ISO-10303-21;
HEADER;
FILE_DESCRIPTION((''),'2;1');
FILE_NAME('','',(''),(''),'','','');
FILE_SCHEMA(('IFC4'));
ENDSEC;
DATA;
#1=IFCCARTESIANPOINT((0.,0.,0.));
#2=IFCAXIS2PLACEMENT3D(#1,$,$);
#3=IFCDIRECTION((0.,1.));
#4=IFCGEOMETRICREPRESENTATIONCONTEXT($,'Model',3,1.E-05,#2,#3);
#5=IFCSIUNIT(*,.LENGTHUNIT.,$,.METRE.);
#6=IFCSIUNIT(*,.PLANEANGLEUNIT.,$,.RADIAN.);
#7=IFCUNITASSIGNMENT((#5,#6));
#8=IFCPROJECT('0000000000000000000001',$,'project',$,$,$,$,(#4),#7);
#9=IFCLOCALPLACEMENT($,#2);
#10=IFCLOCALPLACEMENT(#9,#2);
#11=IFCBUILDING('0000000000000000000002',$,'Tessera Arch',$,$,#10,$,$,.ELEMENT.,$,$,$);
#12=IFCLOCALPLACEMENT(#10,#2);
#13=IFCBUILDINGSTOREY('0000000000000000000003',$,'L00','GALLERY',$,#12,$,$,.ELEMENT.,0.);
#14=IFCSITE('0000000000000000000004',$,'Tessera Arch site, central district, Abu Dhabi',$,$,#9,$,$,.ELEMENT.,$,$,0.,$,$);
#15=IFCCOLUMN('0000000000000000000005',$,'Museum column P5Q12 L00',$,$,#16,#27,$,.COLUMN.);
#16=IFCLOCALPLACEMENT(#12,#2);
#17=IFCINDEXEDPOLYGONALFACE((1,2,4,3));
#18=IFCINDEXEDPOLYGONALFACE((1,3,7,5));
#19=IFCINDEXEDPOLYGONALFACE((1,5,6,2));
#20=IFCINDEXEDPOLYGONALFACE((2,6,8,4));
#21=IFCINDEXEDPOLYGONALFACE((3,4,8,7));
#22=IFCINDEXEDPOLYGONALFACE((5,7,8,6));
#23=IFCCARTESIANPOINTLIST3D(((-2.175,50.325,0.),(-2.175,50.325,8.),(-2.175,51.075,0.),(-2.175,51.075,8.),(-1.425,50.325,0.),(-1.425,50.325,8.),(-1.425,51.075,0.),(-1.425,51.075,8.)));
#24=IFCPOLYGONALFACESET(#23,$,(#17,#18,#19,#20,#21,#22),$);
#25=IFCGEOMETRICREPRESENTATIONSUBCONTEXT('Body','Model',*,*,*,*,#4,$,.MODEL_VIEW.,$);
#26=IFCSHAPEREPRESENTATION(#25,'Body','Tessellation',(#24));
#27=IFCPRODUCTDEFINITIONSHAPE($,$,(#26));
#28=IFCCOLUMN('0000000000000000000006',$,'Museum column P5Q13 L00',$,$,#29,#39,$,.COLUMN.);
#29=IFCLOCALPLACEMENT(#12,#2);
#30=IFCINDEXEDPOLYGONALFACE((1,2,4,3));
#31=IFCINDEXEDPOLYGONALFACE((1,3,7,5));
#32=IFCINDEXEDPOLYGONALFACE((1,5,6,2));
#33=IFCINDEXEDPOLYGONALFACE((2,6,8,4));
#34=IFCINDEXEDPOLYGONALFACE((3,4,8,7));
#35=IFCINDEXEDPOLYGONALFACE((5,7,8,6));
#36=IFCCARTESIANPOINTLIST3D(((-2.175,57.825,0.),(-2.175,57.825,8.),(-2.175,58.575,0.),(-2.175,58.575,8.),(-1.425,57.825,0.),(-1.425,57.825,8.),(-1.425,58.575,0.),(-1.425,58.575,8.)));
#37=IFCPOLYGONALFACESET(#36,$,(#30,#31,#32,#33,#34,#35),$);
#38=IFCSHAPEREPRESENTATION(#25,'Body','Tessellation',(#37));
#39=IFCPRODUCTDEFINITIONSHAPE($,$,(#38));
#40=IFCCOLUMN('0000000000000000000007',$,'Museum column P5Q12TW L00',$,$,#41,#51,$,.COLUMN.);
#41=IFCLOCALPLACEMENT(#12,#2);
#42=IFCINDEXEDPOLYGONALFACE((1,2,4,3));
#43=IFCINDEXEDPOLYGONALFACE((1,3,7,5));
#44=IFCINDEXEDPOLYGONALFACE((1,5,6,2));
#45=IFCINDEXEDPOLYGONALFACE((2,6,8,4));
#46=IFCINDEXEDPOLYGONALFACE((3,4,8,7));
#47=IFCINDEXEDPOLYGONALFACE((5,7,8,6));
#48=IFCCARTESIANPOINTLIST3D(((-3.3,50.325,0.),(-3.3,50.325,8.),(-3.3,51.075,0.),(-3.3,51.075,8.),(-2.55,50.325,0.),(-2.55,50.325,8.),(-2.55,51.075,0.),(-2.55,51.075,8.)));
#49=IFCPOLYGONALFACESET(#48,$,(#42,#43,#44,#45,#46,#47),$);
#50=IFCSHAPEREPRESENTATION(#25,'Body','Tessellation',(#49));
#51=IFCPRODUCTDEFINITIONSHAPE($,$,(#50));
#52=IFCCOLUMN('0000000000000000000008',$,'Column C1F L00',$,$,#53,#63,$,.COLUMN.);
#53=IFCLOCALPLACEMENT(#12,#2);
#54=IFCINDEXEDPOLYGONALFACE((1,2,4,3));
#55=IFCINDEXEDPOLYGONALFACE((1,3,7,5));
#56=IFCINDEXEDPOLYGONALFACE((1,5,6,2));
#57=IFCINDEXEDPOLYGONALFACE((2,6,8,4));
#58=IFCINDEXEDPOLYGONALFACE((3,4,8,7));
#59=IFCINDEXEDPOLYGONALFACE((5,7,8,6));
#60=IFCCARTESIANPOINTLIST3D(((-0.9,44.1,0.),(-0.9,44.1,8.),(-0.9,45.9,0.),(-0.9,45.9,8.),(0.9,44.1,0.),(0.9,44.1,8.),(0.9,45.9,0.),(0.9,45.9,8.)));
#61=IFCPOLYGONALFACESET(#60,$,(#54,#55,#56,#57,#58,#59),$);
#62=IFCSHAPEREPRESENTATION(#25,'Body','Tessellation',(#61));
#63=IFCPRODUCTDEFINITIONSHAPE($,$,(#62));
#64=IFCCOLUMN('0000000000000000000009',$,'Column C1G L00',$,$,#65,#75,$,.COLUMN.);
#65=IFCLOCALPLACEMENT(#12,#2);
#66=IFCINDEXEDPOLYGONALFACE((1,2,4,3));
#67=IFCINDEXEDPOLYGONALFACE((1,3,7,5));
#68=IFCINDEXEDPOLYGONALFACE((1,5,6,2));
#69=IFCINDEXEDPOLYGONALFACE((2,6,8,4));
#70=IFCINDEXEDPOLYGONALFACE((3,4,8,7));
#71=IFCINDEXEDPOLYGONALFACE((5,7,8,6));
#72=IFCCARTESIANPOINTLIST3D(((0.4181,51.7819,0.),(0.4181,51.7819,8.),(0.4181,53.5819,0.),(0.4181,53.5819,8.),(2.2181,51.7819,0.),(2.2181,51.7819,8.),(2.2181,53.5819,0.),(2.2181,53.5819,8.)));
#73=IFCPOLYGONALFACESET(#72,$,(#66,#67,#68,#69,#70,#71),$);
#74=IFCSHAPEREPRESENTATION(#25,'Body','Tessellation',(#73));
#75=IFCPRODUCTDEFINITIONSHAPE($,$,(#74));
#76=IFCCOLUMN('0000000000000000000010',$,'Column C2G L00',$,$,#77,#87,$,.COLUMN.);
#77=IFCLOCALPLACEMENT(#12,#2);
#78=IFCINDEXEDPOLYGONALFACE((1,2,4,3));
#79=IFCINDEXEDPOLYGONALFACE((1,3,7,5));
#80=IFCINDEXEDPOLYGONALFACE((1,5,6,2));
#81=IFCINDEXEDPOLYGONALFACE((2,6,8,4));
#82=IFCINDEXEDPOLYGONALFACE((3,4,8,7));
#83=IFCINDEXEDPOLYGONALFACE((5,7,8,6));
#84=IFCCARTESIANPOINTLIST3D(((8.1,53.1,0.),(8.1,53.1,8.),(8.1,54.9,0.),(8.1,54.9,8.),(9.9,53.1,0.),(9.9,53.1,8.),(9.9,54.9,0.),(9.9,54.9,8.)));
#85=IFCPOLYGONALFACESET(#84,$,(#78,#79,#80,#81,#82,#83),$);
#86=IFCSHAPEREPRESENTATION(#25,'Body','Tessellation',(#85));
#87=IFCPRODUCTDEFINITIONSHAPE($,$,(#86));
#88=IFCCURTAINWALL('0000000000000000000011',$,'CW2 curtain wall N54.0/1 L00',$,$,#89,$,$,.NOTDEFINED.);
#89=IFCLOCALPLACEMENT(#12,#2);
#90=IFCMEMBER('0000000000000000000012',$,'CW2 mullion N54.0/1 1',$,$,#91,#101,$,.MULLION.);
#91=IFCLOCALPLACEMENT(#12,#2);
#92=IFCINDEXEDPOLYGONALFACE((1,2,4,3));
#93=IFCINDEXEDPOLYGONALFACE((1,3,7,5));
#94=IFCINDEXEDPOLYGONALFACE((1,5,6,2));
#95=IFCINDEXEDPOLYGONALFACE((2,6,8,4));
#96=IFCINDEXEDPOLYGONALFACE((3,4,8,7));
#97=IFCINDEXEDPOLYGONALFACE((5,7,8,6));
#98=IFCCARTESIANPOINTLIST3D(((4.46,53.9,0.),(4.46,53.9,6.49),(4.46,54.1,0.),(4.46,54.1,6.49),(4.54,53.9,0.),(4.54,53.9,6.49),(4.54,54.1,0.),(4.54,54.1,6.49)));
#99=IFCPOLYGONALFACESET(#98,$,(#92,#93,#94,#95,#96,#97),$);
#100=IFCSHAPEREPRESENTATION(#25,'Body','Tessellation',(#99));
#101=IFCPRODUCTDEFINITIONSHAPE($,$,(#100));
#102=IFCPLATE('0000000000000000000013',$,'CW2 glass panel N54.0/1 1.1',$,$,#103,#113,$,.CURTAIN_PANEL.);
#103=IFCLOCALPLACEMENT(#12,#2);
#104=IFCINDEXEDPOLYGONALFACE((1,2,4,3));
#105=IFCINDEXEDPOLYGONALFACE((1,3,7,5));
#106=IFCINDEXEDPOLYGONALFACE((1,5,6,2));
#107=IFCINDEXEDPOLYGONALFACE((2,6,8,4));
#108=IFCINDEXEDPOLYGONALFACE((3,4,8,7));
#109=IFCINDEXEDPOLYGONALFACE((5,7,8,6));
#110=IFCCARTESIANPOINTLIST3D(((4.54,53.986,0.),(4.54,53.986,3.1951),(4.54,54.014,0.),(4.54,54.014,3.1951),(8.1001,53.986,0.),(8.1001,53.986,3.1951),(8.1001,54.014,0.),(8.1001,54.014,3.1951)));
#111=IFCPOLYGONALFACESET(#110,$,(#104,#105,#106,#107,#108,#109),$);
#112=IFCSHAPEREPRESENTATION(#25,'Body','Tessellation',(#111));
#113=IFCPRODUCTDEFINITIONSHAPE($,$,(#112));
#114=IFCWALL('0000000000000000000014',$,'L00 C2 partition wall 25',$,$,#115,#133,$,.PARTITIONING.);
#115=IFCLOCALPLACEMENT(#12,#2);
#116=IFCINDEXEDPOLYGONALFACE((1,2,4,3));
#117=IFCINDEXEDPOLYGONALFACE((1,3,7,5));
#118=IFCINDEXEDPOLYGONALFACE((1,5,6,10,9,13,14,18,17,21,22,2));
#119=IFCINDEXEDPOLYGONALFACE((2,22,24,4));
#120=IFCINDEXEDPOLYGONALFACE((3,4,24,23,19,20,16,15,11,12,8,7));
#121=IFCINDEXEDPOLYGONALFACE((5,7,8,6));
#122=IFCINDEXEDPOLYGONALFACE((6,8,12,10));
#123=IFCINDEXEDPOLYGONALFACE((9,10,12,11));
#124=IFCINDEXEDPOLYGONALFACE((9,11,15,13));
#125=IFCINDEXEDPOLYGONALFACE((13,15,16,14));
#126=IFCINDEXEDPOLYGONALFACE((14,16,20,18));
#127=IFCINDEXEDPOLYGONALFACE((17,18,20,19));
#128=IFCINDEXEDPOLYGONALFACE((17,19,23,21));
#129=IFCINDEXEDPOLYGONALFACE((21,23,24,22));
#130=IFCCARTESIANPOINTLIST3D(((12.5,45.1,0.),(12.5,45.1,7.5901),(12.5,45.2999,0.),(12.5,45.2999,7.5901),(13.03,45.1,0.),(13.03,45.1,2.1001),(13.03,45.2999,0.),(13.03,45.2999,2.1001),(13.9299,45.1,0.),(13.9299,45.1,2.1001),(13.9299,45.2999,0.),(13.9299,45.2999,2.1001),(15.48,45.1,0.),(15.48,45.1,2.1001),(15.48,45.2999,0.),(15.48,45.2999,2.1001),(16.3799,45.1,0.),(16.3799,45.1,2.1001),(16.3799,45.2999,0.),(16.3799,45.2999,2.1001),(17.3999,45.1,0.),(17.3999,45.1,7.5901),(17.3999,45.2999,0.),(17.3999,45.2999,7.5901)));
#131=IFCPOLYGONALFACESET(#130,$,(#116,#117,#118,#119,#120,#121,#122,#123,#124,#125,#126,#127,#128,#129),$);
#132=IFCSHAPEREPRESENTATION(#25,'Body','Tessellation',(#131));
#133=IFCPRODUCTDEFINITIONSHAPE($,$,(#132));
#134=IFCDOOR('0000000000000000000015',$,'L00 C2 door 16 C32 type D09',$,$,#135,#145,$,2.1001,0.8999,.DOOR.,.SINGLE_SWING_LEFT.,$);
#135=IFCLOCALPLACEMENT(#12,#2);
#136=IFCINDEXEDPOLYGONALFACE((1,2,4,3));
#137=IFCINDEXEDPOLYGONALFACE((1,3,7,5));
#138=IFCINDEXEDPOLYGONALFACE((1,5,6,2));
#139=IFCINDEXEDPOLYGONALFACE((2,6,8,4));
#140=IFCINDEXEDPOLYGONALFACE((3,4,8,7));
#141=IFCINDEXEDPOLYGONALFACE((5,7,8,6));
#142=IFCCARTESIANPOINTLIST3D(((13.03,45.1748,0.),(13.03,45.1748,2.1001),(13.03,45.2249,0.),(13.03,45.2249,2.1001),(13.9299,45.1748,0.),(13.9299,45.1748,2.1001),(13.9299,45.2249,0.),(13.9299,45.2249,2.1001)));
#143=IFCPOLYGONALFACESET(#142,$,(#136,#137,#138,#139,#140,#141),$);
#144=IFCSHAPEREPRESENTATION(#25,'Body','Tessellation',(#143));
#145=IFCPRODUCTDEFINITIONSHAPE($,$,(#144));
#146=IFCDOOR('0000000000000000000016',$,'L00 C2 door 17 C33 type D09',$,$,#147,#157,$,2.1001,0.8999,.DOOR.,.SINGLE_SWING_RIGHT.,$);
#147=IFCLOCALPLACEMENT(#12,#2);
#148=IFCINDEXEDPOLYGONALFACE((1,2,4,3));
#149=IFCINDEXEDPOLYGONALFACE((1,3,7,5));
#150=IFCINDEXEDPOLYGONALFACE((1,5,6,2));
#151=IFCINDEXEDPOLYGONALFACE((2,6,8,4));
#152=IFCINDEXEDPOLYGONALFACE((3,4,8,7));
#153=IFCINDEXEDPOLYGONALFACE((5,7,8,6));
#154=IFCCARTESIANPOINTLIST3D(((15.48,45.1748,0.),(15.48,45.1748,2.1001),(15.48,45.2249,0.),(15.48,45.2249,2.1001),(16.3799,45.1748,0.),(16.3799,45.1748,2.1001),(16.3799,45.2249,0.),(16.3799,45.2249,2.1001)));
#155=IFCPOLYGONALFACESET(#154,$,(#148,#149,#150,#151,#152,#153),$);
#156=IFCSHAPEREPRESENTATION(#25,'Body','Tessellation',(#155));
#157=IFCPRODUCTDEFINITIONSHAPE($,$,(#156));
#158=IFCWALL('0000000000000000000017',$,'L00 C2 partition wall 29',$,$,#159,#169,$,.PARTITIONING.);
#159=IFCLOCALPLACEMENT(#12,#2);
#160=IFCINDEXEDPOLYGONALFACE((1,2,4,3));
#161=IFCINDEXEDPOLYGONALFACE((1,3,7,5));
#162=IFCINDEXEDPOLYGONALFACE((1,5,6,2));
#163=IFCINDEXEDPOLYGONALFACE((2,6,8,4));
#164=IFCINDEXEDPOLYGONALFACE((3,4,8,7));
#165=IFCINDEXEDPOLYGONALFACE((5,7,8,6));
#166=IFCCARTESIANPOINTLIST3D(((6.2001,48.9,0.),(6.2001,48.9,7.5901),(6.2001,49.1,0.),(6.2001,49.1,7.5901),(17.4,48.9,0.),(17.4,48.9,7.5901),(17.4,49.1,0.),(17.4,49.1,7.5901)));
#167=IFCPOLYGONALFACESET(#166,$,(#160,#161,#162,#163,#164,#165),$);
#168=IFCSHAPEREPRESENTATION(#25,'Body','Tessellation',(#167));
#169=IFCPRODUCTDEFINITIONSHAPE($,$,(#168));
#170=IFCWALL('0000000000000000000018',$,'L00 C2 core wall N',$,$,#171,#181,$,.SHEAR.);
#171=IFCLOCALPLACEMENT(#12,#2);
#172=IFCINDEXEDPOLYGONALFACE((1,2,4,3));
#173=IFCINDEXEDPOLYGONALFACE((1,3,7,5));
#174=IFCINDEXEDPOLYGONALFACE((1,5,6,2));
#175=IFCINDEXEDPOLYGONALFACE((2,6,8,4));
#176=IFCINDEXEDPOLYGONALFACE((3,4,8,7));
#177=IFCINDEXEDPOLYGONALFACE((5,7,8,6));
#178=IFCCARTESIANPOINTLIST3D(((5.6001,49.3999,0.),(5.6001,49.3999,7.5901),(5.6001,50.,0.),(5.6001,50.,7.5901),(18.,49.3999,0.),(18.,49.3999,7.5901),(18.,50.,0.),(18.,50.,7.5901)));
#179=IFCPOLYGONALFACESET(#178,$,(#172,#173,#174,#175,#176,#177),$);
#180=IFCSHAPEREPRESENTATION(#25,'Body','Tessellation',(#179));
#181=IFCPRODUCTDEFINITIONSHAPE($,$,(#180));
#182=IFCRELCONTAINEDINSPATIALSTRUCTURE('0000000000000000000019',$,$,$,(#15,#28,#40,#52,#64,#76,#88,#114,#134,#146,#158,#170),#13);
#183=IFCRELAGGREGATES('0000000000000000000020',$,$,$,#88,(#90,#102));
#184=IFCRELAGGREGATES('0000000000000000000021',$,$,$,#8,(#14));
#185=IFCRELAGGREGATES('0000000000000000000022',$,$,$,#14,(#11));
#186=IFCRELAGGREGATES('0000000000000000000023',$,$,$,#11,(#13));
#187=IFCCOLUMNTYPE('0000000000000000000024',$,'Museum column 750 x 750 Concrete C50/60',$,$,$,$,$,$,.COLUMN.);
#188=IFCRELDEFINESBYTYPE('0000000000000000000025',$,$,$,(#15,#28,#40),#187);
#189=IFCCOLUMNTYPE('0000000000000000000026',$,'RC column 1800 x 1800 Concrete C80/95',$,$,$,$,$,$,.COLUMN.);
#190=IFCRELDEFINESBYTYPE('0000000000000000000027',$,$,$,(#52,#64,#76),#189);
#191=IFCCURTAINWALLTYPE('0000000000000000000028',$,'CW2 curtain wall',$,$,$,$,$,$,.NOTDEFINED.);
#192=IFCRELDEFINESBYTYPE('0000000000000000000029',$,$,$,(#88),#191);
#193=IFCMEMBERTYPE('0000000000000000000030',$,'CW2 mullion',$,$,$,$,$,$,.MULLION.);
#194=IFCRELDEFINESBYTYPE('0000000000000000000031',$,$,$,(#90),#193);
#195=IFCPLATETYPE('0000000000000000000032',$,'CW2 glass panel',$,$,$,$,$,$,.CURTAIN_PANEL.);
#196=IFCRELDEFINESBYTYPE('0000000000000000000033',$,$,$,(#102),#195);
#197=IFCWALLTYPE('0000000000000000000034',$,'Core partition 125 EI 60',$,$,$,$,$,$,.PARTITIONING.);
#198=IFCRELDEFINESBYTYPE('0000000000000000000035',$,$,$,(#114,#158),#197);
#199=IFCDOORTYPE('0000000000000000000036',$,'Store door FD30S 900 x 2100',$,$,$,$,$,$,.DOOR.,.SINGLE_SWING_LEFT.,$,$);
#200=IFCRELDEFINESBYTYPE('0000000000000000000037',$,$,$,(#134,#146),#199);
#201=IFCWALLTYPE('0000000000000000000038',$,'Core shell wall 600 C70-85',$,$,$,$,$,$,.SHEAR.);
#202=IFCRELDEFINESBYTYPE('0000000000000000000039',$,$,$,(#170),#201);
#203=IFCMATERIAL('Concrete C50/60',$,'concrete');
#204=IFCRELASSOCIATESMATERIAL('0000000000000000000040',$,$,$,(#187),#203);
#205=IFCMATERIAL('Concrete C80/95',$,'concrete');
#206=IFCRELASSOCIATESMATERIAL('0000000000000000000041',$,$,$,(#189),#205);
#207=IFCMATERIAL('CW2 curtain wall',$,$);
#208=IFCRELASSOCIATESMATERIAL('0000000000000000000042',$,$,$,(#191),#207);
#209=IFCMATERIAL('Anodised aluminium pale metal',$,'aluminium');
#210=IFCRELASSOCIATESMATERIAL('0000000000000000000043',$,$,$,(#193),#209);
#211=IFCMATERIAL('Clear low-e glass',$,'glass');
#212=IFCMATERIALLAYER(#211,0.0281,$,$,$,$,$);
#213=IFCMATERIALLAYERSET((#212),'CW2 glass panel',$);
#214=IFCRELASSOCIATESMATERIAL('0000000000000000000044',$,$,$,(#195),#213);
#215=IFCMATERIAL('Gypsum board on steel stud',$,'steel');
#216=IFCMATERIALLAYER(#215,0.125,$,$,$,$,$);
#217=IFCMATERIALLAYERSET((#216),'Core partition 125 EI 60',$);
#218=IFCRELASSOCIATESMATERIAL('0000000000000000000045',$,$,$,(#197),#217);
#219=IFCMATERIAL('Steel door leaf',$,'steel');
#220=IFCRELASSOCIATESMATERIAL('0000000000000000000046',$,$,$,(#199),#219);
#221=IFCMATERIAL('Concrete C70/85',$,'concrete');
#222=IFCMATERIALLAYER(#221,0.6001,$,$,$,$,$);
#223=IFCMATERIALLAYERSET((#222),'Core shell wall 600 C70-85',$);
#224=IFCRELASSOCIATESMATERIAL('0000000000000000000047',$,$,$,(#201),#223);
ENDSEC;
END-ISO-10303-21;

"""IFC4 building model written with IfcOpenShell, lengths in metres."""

from ifc_helpers import new_model, si_unit, direction, frame, frame_2d, origin, origin_2d, place, context, subcontext, project, spatial, rectangle, extrude, material, layer, layer_set, material_profile, profile_set, type_object, element, fill, aggregate, save


model = new_model("IFC4")

# Units and contexts
model_context = context("Model", 3, precision=1e-05, world=origin(), true_north=direction((0.0, 1.0)))
body_context = subcontext(model_context, "Body", "Model", "MODEL_VIEW")
ifc_project = project(units=[si_unit("LENGTHUNIT", "METRE"), si_unit("PLANEANGLEUNIT", "RADIAN")], contexts=[model_context])

# Site, building, storey
site_placement = place(None, origin())
site = spatial("IfcSite", under=ifc_project, at=site_placement, Name="Tessera Arch site, central district, Abu Dhabi", CompositionType="ELEMENT", RefElevation=0.0)
building_placement = place(site_placement, origin())
building = spatial("IfcBuilding", under=site, at=building_placement, Name="Tessera Arch", CompositionType="ELEMENT")
storey_placement = place(building_placement, origin())
storey = spatial("IfcBuildingStorey", under=building, at=storey_placement, Name="L00", Description="GALLERY", CompositionType="ELEMENT", Elevation=0.0)

# Columns
ifc_material_1 = material(Name="Concrete C50/60", Category="concrete")
ifc_material_profile_1 = material_profile(ifc_material_1, rectangle(XDim=0.75, YDim=0.75, at=origin_2d()), Name="Museum column 750 x 750 Concrete C50/60")
ifc_profile_set_1 = profile_set([ifc_material_profile_1], Name="Concrete C50/60")
column_type_1 = type_object("IfcColumnType", Name="Museum column 750 x 750 Concrete C50/60", PredefinedType="COLUMN", material=ifc_profile_set_1)
for number, where, z_axis, x_axis, name in (
    (1, (-1.8, 50.7, 0.0), (0.0, 0.0, 1.0), (1.0, 0.0, 0.0), "Museum column P5Q12 L00"),
    (2, (-1.8, 58.2, 0.0), (0.0, 0.0, 1.0), (1.0, 0.0, 0.0), "Museum column P5Q13 L00"),
    (3, (-2.925, 50.7, 0.0), (0.0, 0.0, 1.0), (1.0, 0.0, 0.0), "Museum column P5Q12TW L00"),
):
    element("IfcColumn", number, at=place(storey_placement, frame(where, z_axis=z_axis, x_axis=x_axis)), inside=storey, type_object=column_type_1, Name=name, PredefinedType="COLUMN", context=body_context, shape_type="SweptSolid", body=[
        extrude(rectangle(XDim=0.75, YDim=0.75, at=origin_2d()), origin(), (0.0, 0.0, 1.0), 8.0),
    ])
ifc_material_2 = material(Name="Concrete C80/95", Category="concrete")
ifc_material_profile_2 = material_profile(ifc_material_2, rectangle(XDim=1.8, YDim=1.8, at=origin_2d()), Name="RC column 1800 x 1800 Concrete C80/95")
ifc_profile_set_2 = profile_set([ifc_material_profile_2], Name="Concrete C80/95")
column_type_2 = type_object("IfcColumnType", Name="RC column 1800 x 1800 Concrete C80/95", PredefinedType="COLUMN", material=ifc_profile_set_2)
for number, where, z_axis, x_axis, name in (
    (4, (0.0, 45.0, 0.0), (0.0, 0.0, 1.0), (1.0, 0.0, 0.0), "Column C1F L00"),
    (5, (1.3181, 52.6819, 0.0), (0.0, 0.0, 1.0), (1.0, 0.0, 0.0), "Column C1G L00"),
    (6, (9.0, 54.0, 0.0), (0.0, 0.0, 1.0), (1.0, 0.0, 0.0), "Column C2G L00"),
):
    element("IfcColumn", number, at=place(storey_placement, frame(where, z_axis=z_axis, x_axis=x_axis)), inside=storey, type_object=column_type_2, Name=name, PredefinedType="COLUMN", context=body_context, shape_type="SweptSolid", body=[
        extrude(rectangle(XDim=1.8, YDim=1.8, at=origin_2d()), origin(), (0.0, 0.0, 1.0), 8.0),
    ])

# Curtain wall, member, plate
ifc_material_3 = material(Name="CW2 curtain wall")
curtain_wall_type = type_object("IfcCurtainWallType", Name="CW2 curtain wall", PredefinedType="NOTDEFINED", material=ifc_material_3)
curtain_wall_placement = place(storey_placement, origin())
curtain_wall = element("IfcCurtainWall", 7, at=curtain_wall_placement, inside=storey, type_object=curtain_wall_type, Name="CW2 curtain wall N54.0/1 L00", PredefinedType="NOTDEFINED")
ifc_material_4 = material(Name="Anodised aluminium pale metal", Category="aluminium")
ifc_material_profile_3 = material_profile(ifc_material_4, rectangle(XDim=0.2, YDim=0.0801, at=origin_2d()), Name="AL 80x200")
ifc_profile_set_3 = profile_set([ifc_material_profile_3], Name="Anodised aluminium pale metal")
member_type = type_object("IfcMemberType", Name="CW2 mullion", PredefinedType="MULLION", material=ifc_profile_set_3)
member_placement = place(storey_placement, frame((4.5, 54.0, 0.0), z_axis=(0.0, 0.0, 1.0), x_axis=(0.0, -1.0, 0.0)))
member = element("IfcMember", 8, at=member_placement, type_object=member_type, Name="CW2 mullion N54.0/1 1", PredefinedType="MULLION", context=body_context, shape_type="SweptSolid", body=[
    extrude(rectangle(XDim=0.2, YDim=0.0801, at=origin_2d()), origin(), (0.0, 0.0, 1.0), 6.49),
])
ifc_material_5 = material(Name="Clear low-e glass", Category="glass")
ifc_layer_1 = layer(ifc_material_5, 0.0281)
ifc_layer_set_1 = layer_set([ifc_layer_1], Name="CW2 glass panel")
plate_type = type_object("IfcPlateType", Name="CW2 glass panel", PredefinedType="CURTAIN_PANEL", material=ifc_layer_set_1)
plate_placement = place(storey_placement, frame((6.3201, 54.0, 0.0), z_axis=(0.0, 0.0, 1.0), x_axis=(-1.0, 0.0, 0.0)))
plate = element("IfcPlate", 9, at=plate_placement, type_object=plate_type, Name="CW2 glass panel N54.0/1 1.1", PredefinedType="CURTAIN_PANEL", context=body_context, shape_type="SweptSolid", body=[
    extrude(rectangle(XDim=3.5601, YDim=0.0281, at=origin_2d()), origin(), (0.0, 0.0, 1.0), 3.1951),
])
aggregate(curtain_wall, [member, plate])

# Wall, openings, doors
ifc_material_6 = material(Name="Gypsum board on steel stud", Category="steel")
ifc_layer_2 = layer(ifc_material_6, 0.125)
ifc_layer_set_2 = layer_set([ifc_layer_2], Name="Core partition 125 EI 60")
wall_type_1 = type_object("IfcWallType", Name="Core partition 125 EI 60", PredefinedType="PARTITIONING", material=ifc_layer_set_2)
wall_1_placement = place(storey_placement, frame((12.5, 45.2, 0.0), z_axis=(0.0, 0.0, 1.0), x_axis=(1.0, 0.0, 0.0)))
wall_1 = element("IfcWall", 10, at=wall_1_placement, inside=storey, type_object=wall_type_1, Name="L00 C2 partition wall 25", PredefinedType="PARTITIONING", context=body_context, shape_type="SweptSolid", body=[
    extrude(rectangle(XDim=4.8999, YDim=0.2, at=frame_2d((2.45, 0.0))), origin(), (0.0, 0.0, 1.0), 7.5901),
])
opening_1_placement = place(wall_1_placement, frame((0.53, 0.0, 0.0)))
opening_1 = element("IfcOpeningElement", 11, at=opening_1_placement, cuts=wall_1, PredefinedType="OPENING", context=body_context, shape_type="SweptSolid", body=[
    extrude(rectangle(XDim=0.8999, YDim=2.1001, at=frame_2d((0.45, 1.05))), frame((0.0, 0.1099, 0.0), z_axis=(0.0, -1.0, 0.0), x_axis=(1.0, 0.0, 0.0)), (0.0, 0.0, 1.0), 0.22),
])
opening_2_placement = place(wall_1_placement, frame((2.98, 0.0, 0.0)))
opening_2 = element("IfcOpeningElement", 12, at=opening_2_placement, cuts=wall_1, PredefinedType="OPENING", context=body_context, shape_type="SweptSolid", body=[
    extrude(rectangle(XDim=0.8999, YDim=2.1001, at=frame_2d((0.45, 1.05))), frame((0.0, 0.1099, 0.0), z_axis=(0.0, -1.0, 0.0), x_axis=(1.0, 0.0, 0.0)), (0.0, 0.0, 1.0), 0.22),
])
ifc_material_7 = material(Name="Steel door leaf", Category="steel")
door_type_1 = type_object("IfcDoorType", Name="Store door FD30S 900 x 2100", OperationType="SINGLE_SWING_LEFT", PredefinedType="DOOR", material=ifc_material_7)
door_1_placement = place(opening_1_placement, origin())
door_1 = element("IfcDoor", 13, at=door_1_placement, inside=storey, type_object=door_type_1, Name="L00 C2 door 16 C32 type D09", OperationType="SINGLE_SWING_LEFT", OverallHeight=2.1001, OverallWidth=0.8999, PredefinedType="DOOR", context=body_context, shape_type="SweptSolid", body=[
    extrude(rectangle(XDim=0.8999, YDim=2.1001, at=frame_2d((0.45, 1.05))), frame((0.0, 0.0249, 0.0), z_axis=(0.0, -1.0, 0.0), x_axis=(1.0, 0.0, 0.0)), (0.0, 0.0, 1.0), 0.05),
])
fill(opening_1, door_1)
door_2_placement = place(opening_2_placement, origin())
door_2 = element("IfcDoor", 14, at=door_2_placement, inside=storey, type_object=door_type_1, Name="L00 C2 door 17 C33 type D09", OperationType="SINGLE_SWING_RIGHT", OverallHeight=2.1001, OverallWidth=0.8999, PredefinedType="DOOR", context=body_context, shape_type="SweptSolid", body=[
    extrude(rectangle(XDim=0.8999, YDim=2.1001, at=frame_2d((0.45, 1.05))), frame((0.0, 0.0249, 0.0), z_axis=(0.0, -1.0, 0.0), x_axis=(1.0, 0.0, 0.0)), (0.0, 0.0, 1.0), 0.05),
])
fill(opening_2, door_2)

# Walls
wall_2_placement = place(storey_placement, frame((6.2, 49.0, 0.0), z_axis=(0.0, 0.0, 1.0), x_axis=(1.0, 0.0, 0.0)))
element("IfcWall", 15, at=wall_2_placement, inside=storey, type_object=wall_type_1, Name="L00 C2 partition wall 29", PredefinedType="PARTITIONING", context=body_context, shape_type="SweptSolid", body=[
    extrude(rectangle(XDim=11.2, YDim=0.2, at=frame_2d((5.6001, 0.0))), origin(), (0.0, 0.0, 1.0), 7.5901),
])
ifc_material_8 = material(Name="Concrete C70/85", Category="concrete")
ifc_layer_3 = layer(ifc_material_8, 0.6001)
ifc_layer_set_3 = layer_set([ifc_layer_3], Name="Core shell wall 600 C70-85")
wall_type_2 = type_object("IfcWallType", Name="Core shell wall 600 C70-85", PredefinedType="SHEAR", material=ifc_layer_set_3)
wall_3_placement = place(storey_placement, frame((5.6001, 49.7, 0.0), z_axis=(0.0, 0.0, 1.0), x_axis=(1.0, 0.0, 0.0)))
element("IfcWall", 16, at=wall_3_placement, inside=storey, type_object=wall_type_2, Name="L00 C2 core wall N", PredefinedType="SHEAR", context=body_context, shape_type="SweptSolid", body=[
    extrude(rectangle(XDim=12.3999, YDim=0.6001, at=frame_2d((6.2, 0.0))), origin(), (0.0, 0.0, 1.0), 7.5901),
])

save(model, "model.ifc")
